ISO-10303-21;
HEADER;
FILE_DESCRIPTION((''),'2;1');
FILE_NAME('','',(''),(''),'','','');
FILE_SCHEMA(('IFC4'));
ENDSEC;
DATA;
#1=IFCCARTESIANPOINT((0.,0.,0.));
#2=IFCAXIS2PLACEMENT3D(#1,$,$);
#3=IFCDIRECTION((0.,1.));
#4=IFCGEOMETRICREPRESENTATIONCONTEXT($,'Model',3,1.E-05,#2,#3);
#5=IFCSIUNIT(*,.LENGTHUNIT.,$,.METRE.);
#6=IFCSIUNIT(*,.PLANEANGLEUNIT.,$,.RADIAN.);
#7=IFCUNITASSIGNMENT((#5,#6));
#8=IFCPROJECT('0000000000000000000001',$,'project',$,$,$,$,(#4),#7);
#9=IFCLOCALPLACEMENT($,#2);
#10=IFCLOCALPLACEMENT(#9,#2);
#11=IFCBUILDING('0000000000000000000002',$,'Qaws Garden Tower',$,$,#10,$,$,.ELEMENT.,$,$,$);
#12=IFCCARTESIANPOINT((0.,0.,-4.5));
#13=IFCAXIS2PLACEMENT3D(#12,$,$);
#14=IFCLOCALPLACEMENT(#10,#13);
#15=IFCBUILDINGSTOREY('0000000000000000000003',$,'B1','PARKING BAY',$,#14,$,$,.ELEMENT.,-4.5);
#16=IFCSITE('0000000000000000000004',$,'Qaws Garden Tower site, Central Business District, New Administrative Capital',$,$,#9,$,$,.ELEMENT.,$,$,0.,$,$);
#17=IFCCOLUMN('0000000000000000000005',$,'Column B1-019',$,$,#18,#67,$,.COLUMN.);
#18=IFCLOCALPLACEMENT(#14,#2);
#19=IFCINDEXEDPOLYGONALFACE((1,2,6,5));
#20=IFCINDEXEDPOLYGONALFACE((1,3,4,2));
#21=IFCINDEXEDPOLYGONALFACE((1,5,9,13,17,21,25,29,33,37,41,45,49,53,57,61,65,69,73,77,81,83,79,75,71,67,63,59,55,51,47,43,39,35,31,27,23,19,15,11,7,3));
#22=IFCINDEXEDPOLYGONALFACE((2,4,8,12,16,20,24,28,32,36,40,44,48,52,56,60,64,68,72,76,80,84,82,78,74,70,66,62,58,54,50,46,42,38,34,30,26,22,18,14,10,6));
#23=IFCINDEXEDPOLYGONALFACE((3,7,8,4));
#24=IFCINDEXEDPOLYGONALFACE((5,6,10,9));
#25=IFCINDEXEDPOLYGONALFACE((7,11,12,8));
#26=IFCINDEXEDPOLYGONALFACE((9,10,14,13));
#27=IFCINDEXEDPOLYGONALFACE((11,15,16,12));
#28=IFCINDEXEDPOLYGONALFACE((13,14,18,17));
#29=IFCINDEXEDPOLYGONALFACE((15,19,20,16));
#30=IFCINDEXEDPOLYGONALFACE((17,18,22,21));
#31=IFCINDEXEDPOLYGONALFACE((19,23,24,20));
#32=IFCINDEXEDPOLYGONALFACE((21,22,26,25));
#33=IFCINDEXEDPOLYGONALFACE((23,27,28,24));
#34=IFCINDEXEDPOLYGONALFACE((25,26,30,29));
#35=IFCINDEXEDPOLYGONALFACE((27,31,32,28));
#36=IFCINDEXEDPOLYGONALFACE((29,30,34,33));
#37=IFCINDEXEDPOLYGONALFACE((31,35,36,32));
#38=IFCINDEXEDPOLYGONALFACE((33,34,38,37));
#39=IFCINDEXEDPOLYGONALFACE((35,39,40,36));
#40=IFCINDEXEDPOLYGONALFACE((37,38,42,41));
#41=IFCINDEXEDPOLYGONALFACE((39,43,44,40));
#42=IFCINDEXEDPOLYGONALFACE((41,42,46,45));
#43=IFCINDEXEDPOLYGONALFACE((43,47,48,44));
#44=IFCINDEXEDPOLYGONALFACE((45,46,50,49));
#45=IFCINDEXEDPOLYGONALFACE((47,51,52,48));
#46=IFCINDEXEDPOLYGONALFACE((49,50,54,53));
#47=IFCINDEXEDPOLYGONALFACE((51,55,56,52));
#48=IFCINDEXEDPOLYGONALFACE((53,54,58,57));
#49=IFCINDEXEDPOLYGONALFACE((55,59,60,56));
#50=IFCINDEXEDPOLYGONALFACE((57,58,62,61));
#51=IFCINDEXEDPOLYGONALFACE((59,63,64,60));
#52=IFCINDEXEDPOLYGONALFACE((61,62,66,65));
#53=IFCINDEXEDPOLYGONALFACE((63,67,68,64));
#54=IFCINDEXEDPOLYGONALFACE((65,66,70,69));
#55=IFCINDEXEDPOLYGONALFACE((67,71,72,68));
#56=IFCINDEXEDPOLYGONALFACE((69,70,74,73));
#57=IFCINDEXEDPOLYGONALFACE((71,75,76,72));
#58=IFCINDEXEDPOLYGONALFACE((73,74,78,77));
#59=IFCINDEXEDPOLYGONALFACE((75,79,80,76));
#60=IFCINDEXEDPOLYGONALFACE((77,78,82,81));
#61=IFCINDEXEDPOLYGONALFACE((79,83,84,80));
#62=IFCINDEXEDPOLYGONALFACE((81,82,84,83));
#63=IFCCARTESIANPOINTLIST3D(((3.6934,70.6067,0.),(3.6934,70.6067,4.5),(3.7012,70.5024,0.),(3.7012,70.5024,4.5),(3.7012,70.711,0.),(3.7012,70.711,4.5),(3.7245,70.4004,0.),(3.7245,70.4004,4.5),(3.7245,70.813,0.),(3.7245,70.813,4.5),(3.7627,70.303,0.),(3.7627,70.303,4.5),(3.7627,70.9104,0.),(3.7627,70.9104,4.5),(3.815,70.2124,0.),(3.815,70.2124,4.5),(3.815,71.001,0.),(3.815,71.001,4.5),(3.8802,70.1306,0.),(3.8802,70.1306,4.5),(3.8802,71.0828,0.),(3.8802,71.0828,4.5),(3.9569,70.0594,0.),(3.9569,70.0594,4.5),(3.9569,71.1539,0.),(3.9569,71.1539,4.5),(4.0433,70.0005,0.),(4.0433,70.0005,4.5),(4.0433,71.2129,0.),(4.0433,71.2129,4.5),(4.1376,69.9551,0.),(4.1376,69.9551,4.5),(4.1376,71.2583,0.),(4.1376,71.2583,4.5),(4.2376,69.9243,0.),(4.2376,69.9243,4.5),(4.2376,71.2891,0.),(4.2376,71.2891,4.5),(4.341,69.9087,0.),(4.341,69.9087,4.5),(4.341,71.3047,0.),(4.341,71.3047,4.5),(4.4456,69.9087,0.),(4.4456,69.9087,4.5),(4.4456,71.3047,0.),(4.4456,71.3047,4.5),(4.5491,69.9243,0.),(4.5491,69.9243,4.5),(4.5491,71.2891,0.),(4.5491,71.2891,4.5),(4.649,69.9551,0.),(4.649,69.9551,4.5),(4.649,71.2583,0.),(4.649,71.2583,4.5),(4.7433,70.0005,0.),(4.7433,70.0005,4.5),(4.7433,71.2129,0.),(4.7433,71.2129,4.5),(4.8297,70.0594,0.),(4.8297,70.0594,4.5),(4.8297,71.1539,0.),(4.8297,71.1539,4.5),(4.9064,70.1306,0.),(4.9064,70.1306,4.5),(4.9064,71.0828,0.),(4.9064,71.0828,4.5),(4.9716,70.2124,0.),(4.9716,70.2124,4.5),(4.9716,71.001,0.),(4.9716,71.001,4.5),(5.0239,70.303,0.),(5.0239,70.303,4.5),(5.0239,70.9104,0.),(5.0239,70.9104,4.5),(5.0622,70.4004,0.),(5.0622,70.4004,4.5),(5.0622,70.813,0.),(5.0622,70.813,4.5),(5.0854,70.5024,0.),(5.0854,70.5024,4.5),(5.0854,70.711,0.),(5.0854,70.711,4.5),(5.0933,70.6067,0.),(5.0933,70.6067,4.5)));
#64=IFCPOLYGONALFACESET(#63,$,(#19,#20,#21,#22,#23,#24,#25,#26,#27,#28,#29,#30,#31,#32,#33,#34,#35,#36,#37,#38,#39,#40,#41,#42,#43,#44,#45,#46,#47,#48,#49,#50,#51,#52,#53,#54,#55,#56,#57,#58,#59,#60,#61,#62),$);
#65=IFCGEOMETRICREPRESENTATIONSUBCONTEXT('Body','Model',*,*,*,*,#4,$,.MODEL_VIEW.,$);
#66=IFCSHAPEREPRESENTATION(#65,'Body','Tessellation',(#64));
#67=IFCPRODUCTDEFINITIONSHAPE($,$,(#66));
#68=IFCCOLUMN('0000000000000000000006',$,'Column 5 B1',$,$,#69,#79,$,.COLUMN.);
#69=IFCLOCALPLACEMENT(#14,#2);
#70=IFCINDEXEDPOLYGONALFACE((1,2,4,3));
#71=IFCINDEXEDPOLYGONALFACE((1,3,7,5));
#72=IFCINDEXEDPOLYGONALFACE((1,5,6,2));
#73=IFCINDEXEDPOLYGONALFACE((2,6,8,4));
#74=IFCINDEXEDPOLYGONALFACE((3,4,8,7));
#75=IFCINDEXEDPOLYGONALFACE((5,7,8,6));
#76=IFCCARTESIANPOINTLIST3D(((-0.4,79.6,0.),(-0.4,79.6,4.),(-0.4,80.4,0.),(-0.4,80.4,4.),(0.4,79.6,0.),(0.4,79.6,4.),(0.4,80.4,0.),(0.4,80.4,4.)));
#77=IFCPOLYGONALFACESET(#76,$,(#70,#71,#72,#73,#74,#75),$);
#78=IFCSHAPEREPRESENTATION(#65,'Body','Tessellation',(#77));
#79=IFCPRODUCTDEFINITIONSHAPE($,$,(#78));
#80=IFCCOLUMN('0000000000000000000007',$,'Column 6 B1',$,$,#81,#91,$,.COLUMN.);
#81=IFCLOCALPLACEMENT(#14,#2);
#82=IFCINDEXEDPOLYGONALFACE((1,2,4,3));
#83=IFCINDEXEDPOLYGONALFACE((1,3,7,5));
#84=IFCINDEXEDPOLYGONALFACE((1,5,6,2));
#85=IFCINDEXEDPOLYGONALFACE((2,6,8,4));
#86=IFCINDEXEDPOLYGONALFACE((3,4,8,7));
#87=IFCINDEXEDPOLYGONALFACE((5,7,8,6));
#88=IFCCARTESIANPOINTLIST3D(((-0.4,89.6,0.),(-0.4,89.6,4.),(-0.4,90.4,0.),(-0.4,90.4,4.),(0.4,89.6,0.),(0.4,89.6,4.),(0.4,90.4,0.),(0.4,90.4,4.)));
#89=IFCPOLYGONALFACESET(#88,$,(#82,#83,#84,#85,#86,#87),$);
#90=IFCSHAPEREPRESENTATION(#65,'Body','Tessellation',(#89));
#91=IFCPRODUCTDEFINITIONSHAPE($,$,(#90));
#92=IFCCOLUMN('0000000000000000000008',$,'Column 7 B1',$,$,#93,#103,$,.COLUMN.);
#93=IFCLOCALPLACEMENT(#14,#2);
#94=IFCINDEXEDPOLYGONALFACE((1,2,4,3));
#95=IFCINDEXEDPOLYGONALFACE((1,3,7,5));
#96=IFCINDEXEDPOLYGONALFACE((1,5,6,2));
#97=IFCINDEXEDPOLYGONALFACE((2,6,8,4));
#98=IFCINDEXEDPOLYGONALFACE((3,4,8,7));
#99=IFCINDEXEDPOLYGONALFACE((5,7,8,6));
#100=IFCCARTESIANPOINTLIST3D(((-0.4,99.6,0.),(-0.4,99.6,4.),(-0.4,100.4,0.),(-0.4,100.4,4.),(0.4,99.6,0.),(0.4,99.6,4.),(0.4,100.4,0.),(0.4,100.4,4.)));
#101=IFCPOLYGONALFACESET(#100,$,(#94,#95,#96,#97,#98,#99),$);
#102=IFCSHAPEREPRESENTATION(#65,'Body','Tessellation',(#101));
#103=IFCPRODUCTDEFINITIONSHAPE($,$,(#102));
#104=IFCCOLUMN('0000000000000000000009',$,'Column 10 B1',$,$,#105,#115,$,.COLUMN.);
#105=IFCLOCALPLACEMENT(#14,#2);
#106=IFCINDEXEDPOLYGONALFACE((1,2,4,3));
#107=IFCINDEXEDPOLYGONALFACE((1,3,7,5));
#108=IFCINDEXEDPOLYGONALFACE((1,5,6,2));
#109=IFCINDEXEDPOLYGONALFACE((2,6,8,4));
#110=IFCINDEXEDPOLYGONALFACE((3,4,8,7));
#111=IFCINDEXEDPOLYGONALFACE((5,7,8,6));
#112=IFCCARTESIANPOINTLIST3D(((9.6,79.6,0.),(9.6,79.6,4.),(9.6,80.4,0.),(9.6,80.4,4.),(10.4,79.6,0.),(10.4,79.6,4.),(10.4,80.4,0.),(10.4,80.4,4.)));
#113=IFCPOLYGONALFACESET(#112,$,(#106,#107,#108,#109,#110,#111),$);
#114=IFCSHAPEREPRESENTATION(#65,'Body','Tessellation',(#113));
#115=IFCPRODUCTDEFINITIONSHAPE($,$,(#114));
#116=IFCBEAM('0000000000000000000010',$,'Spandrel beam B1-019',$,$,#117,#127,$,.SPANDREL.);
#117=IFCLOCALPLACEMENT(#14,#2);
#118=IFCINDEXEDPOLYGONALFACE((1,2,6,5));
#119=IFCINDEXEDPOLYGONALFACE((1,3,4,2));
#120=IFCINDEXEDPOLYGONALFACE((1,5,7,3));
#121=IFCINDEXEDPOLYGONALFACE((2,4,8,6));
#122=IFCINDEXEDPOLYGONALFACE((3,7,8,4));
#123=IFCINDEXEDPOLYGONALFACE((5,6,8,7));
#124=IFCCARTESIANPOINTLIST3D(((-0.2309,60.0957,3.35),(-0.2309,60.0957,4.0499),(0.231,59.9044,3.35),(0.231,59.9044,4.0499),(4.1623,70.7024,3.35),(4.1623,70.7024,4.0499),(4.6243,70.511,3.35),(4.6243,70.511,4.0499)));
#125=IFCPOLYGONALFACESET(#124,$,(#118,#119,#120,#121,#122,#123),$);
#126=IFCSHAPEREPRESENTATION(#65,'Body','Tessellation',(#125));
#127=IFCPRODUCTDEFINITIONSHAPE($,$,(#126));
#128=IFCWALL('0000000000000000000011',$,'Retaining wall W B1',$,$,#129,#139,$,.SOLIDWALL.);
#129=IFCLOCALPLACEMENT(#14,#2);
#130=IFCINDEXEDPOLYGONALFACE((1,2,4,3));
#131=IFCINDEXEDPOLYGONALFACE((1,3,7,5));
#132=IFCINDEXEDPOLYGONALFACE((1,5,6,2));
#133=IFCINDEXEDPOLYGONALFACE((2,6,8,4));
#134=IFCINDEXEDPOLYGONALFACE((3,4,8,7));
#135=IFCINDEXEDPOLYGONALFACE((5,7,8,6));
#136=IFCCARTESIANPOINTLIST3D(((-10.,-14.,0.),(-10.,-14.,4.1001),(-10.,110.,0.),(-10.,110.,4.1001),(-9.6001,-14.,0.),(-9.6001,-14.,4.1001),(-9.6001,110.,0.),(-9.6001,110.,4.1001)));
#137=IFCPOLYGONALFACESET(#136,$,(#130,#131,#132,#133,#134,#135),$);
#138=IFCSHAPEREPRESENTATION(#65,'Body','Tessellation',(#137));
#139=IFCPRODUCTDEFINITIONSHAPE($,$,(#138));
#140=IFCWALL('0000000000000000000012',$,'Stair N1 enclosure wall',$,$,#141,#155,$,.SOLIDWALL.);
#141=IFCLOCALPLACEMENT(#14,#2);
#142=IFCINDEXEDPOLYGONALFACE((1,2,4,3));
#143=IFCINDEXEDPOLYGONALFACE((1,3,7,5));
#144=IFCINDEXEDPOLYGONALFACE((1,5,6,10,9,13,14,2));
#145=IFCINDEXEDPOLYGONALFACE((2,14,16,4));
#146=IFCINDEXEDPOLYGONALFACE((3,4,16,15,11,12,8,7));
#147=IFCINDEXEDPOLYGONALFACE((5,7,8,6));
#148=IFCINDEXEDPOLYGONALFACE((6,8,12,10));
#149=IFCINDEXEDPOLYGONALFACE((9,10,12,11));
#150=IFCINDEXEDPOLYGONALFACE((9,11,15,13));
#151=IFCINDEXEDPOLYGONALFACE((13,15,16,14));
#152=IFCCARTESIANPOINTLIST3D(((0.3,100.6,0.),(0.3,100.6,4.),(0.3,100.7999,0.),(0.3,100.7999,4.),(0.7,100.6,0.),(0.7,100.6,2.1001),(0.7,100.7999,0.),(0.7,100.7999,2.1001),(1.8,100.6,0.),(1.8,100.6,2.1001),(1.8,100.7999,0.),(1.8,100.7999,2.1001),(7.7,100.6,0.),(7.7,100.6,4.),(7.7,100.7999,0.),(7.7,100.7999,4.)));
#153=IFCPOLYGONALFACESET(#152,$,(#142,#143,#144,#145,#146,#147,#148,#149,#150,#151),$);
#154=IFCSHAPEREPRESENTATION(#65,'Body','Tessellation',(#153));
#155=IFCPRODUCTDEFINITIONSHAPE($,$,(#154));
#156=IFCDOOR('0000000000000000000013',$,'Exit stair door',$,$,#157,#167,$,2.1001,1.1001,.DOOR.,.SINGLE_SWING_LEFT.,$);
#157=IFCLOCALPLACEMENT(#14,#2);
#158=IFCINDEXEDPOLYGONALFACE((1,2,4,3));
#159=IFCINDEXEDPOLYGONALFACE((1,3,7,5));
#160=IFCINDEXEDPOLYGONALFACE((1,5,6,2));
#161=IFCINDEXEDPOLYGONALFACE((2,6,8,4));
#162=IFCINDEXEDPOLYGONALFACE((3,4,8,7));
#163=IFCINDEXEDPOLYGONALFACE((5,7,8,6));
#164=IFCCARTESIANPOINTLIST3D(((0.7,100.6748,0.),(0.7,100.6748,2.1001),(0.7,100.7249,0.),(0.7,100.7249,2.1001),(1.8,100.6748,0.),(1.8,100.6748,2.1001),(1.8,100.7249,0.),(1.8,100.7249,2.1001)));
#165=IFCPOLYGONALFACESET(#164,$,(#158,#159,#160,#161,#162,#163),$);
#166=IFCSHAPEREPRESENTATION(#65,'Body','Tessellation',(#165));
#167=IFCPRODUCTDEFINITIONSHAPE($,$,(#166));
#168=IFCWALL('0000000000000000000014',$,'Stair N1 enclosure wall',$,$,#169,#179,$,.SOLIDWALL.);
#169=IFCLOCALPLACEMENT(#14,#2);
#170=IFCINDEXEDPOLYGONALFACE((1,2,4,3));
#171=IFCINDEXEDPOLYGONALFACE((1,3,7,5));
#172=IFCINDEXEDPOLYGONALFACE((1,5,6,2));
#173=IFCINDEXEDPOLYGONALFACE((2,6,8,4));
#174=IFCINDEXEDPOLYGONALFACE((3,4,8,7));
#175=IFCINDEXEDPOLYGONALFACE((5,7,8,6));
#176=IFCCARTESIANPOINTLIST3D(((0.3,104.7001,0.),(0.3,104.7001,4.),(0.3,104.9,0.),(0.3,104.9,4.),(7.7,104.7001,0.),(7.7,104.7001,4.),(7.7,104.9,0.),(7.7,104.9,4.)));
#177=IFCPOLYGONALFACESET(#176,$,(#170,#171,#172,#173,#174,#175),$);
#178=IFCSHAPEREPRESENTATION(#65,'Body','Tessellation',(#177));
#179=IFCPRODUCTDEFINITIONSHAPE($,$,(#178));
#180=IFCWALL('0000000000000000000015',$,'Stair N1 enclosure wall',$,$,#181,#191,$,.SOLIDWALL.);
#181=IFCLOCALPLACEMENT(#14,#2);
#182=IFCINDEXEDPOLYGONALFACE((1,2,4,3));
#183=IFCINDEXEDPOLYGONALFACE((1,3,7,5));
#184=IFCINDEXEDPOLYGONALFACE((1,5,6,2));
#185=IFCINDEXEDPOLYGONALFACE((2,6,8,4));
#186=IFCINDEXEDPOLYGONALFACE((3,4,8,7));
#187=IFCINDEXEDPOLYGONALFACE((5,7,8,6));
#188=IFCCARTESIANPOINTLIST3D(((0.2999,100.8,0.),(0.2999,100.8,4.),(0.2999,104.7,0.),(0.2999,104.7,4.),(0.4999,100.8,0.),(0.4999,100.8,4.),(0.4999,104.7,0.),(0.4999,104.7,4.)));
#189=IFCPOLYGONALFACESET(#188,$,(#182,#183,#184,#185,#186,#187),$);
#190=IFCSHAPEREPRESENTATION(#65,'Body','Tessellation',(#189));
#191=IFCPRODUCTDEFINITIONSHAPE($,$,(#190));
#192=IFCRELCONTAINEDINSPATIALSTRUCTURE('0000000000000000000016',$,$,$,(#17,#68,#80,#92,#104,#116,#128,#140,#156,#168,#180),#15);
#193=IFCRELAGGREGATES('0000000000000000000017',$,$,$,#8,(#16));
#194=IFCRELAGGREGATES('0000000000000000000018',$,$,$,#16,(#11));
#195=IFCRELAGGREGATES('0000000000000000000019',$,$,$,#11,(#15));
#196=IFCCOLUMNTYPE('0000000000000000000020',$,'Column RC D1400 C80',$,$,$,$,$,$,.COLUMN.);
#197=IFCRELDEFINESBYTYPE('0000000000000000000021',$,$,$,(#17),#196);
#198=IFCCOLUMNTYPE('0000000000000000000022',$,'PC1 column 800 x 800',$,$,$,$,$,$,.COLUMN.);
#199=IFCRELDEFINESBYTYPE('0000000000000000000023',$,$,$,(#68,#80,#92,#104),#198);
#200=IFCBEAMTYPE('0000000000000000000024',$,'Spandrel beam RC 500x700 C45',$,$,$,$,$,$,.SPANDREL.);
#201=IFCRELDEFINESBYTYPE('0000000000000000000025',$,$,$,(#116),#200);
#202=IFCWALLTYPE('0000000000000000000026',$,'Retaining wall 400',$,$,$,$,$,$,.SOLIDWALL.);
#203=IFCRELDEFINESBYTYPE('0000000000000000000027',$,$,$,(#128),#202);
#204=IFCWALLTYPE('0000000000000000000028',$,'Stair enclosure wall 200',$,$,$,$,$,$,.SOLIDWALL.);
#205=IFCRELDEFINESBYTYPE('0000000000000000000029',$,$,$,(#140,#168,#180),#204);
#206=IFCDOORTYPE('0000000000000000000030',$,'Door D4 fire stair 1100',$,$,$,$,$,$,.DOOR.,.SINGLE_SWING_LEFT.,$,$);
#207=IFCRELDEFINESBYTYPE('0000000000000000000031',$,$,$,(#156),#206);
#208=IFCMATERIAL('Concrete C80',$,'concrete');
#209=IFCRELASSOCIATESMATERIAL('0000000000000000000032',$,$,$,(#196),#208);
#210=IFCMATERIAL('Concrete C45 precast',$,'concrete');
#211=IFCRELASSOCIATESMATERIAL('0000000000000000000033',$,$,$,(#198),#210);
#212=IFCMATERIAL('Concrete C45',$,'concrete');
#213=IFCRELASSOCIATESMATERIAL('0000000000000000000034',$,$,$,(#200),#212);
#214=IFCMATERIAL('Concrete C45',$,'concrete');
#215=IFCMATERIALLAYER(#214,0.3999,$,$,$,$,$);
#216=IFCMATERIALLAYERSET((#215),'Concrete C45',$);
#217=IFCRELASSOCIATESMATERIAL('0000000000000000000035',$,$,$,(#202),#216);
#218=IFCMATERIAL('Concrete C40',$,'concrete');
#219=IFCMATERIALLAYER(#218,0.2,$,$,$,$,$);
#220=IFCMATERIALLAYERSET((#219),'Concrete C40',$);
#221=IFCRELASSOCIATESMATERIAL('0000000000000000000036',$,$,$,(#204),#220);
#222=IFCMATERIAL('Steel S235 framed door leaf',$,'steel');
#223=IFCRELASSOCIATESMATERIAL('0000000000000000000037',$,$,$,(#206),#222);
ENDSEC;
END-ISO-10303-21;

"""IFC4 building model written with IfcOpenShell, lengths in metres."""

from ifc_helpers import new_model, si_unit, direction, frame, frame_2d, origin, origin_2d, place, context, subcontext, project, spatial, rectangle, circle, extrude, material, layer, layer_set, material_profile, profile_set, type_object, element, fill, save


model = new_model("IFC4")

# Units and contexts
model_context = context("Model", 3, precision=1e-05, world=origin(), true_north=direction((0.0, 1.0)))
body_context = subcontext(model_context, "Body", "Model", "MODEL_VIEW")
ifc_project = project(units=[si_unit("LENGTHUNIT", "METRE"), si_unit("PLANEANGLEUNIT", "RADIAN")], contexts=[model_context])

# Site, building, storey
site_placement = place(None, origin())
site = spatial("IfcSite", under=ifc_project, at=site_placement, Name="Qaws Garden Tower site, Central Business District, New Administrative Capital", CompositionType="ELEMENT", RefElevation=0.0)
building_placement = place(site_placement, origin())
building = spatial("IfcBuilding", under=site, at=building_placement, Name="Qaws Garden Tower", CompositionType="ELEMENT")
storey_placement = place(building_placement, frame((0.0, 0.0, -4.5)))
storey = spatial("IfcBuildingStorey", under=building, at=storey_placement, Name="B1", Description="PARKING BAY", CompositionType="ELEMENT", Elevation=-4.5)

# Columns
ifc_material_1 = material(Name="Concrete C80", Category="concrete")
ifc_material_profile_1 = material_profile(ifc_material_1, circle(Radius=0.7, at=origin_2d()), Name="RC D1400")
ifc_profile_set_1 = profile_set([ifc_material_profile_1], Name="Concrete C80")
column_type_1 = type_object("IfcColumnType", Name="Column RC D1400 C80", PredefinedType="COLUMN", material=ifc_profile_set_1)
column_placement = place(storey_placement, frame((4.3933, 70.6067, 0.0), z_axis=(0.0, 0.0, 1.0), x_axis=(1.0, 0.0, 0.0)))
element("IfcColumn", 1, at=column_placement, inside=storey, type_object=column_type_1, Name="Column B1-019", PredefinedType="COLUMN", context=body_context, shape_type="SweptSolid", body=[
    extrude(circle(Radius=0.7, at=origin_2d()), origin(), (0.0, 0.0, 1.0), 4.5),
])
ifc_material_2 = material(Name="Concrete C45 precast", Category="concrete")
ifc_material_profile_2 = material_profile(ifc_material_2, rectangle(XDim=0.8, YDim=0.8, at=origin_2d()), Name="PC1 column 800 x 800")
ifc_profile_set_2 = profile_set([ifc_material_profile_2], Name="Concrete C45 precast")
column_type_2 = type_object("IfcColumnType", Name="PC1 column 800 x 800", PredefinedType="COLUMN", material=ifc_profile_set_2)
for number, where, z_axis, x_axis, name in (
    (2, (0.0, 80.0, 0.0), (0.0, 0.0, 1.0), (1.0, 0.0, 0.0), "Column 5 B1"),
    (3, (0.0, 90.0, 0.0), (0.0, 0.0, 1.0), (1.0, 0.0, 0.0), "Column 6 B1"),
    (4, (0.0, 100.0, 0.0), (0.0, 0.0, 1.0), (1.0, 0.0, 0.0), "Column 7 B1"),
    (5, (10.0, 80.0, 0.0), (0.0, 0.0, 1.0), (1.0, 0.0, 0.0), "Column 10 B1"),
):
    element("IfcColumn", number, at=place(storey_placement, frame(where, z_axis=z_axis, x_axis=x_axis)), inside=storey, type_object=column_type_2, Name=name, PredefinedType="COLUMN", context=body_context, shape_type="SweptSolid", body=[
        extrude(rectangle(XDim=0.8, YDim=0.8, at=origin_2d()), origin(), (0.0, 0.0, 1.0), 4.0),
    ])

# Beam
ifc_material_3 = material(Name="Concrete C45", Category="concrete")
ifc_material_profile_3 = material_profile(ifc_material_3, rectangle(XDim=0.5, YDim=0.7, at=origin_2d()), Name="RC 500x700")
ifc_profile_set_3 = profile_set([ifc_material_profile_3], Name="Concrete C45")
beam_type = type_object("IfcBeamType", Name="Spandrel beam RC 500x700 C45", PredefinedType="SPANDREL", material=ifc_profile_set_3)
beam_placement = place(storey_placement, frame((4.3933, 70.6067, 3.7), z_axis=(-0.382674, -0.923883, 0.0), x_axis=(0.923883, -0.382674, 0.0)))
element("IfcBeam", 6, at=beam_placement, inside=storey, type_object=beam_type, Name="Spandrel beam B1-019", PredefinedType="SPANDREL", context=body_context, shape_type="SweptSolid", body=[
    extrude(rectangle(XDim=0.5, YDim=0.7, at=origin_2d()), origin(), (0.0, 0.0, 1.0), 11.4805),
])

# Wall
ifc_material_4 = material(Name="Concrete C45", Category="concrete")
ifc_layer_1 = layer(ifc_material_4, 0.3999)
ifc_layer_set_1 = layer_set([ifc_layer_1], Name="Concrete C45")
wall_type_1 = type_object("IfcWallType", Name="Retaining wall 400", PredefinedType="SOLIDWALL", material=ifc_layer_set_1)
wall_1_placement = place(storey_placement, frame((-9.8, 110.0, 0.0), z_axis=(0.0, 0.0, 1.0), x_axis=(0.0, -1.0, 0.0)))
element("IfcWall", 7, at=wall_1_placement, inside=storey, type_object=wall_type_1, Name="Retaining wall W B1", PredefinedType="SOLIDWALL", context=body_context, shape_type="SweptSolid", body=[
    extrude(rectangle(XDim=124.0, YDim=0.3999, at=frame_2d((62.0, 0.0))), origin(), (0.0, 0.0, 1.0), 4.1001),
])

# Wall, opening, door
ifc_material_5 = material(Name="Concrete C40", Category="concrete")
ifc_layer_2 = layer(ifc_material_5, 0.2)
ifc_layer_set_2 = layer_set([ifc_layer_2], Name="Concrete C40")
wall_type_2 = type_object("IfcWallType", Name="Stair enclosure wall 200", PredefinedType="SOLIDWALL", material=ifc_layer_set_2)
wall_2_placement = place(storey_placement, frame((0.3, 100.7, 0.0), z_axis=(0.0, 0.0, 1.0), x_axis=(1.0, 0.0, 0.0)))
wall_2 = element("IfcWall", 8, at=wall_2_placement, inside=storey, type_object=wall_type_2, Name="Stair N1 enclosure wall", PredefinedType="SOLIDWALL", context=body_context, shape_type="SweptSolid", body=[
    extrude(rectangle(XDim=7.3999, YDim=0.2, at=frame_2d((3.7, 0.0))), origin(), (0.0, 0.0, 1.0), 4.0),
])
opening_placement = place(wall_2_placement, frame((0.3999, 0.0, 0.0)))
opening = element("IfcOpeningElement", 9, at=opening_placement, cuts=wall_2, PredefinedType="OPENING", context=body_context, shape_type="SweptSolid", body=[
    extrude(rectangle(XDim=1.1001, YDim=2.1001, at=frame_2d((0.55, 1.05))), frame((0.0, 0.1099, 0.0), z_axis=(0.0, -1.0, 0.0), x_axis=(1.0, 0.0, 0.0)), (0.0, 0.0, 1.0), 0.22),
])
ifc_material_6 = material(Name="Steel S235 framed door leaf", Category="steel")
door_type = type_object("IfcDoorType", Name="Door D4 fire stair 1100", OperationType="SINGLE_SWING_LEFT", PredefinedType="DOOR", material=ifc_material_6)
door_placement = place(opening_placement, origin())
door = element("IfcDoor", 10, at=door_placement, inside=storey, type_object=door_type, Name="Exit stair door", OperationType="SINGLE_SWING_LEFT", OverallHeight=2.1001, OverallWidth=1.1001, PredefinedType="DOOR", context=body_context, shape_type="SweptSolid", body=[
    extrude(rectangle(XDim=1.1001, YDim=2.1001, at=frame_2d((0.55, 1.05))), frame((0.0, 0.0249, 0.0), z_axis=(0.0, -1.0, 0.0), x_axis=(1.0, 0.0, 0.0)), (0.0, 0.0, 1.0), 0.05),
])
fill(opening, door)

# Walls
wall_3_placement = place(storey_placement, frame((0.3, 104.8, 0.0), z_axis=(0.0, 0.0, 1.0), x_axis=(1.0, 0.0, 0.0)))
element("IfcWall", 11, at=wall_3_placement, inside=storey, type_object=wall_type_2, Name="Stair N1 enclosure wall", PredefinedType="SOLIDWALL", context=body_context, shape_type="SweptSolid", body=[
    extrude(rectangle(XDim=7.3999, YDim=0.2, at=frame_2d((3.7, 0.0))), origin(), (0.0, 0.0, 1.0), 4.0),
])
for number, where, z_axis, x_axis, name in (
    (12, (0.3999, 100.8, 0.0), (0.0, 0.0, 1.0), (0.0, 1.0, 0.0), "Stair N1 enclosure wall"),
):
    element("IfcWall", number, at=place(storey_placement, frame(where, z_axis=z_axis, x_axis=x_axis)), inside=storey, type_object=wall_type_2, Name=name, PredefinedType="SOLIDWALL", context=body_context, shape_type="SweptSolid", body=[
        extrude(rectangle(XDim=3.8999, YDim=0.2, at=frame_2d((1.95, 0.0))), origin(), (0.0, 0.0, 1.0), 4.0),
    ])

save(model, "model.ifc")
